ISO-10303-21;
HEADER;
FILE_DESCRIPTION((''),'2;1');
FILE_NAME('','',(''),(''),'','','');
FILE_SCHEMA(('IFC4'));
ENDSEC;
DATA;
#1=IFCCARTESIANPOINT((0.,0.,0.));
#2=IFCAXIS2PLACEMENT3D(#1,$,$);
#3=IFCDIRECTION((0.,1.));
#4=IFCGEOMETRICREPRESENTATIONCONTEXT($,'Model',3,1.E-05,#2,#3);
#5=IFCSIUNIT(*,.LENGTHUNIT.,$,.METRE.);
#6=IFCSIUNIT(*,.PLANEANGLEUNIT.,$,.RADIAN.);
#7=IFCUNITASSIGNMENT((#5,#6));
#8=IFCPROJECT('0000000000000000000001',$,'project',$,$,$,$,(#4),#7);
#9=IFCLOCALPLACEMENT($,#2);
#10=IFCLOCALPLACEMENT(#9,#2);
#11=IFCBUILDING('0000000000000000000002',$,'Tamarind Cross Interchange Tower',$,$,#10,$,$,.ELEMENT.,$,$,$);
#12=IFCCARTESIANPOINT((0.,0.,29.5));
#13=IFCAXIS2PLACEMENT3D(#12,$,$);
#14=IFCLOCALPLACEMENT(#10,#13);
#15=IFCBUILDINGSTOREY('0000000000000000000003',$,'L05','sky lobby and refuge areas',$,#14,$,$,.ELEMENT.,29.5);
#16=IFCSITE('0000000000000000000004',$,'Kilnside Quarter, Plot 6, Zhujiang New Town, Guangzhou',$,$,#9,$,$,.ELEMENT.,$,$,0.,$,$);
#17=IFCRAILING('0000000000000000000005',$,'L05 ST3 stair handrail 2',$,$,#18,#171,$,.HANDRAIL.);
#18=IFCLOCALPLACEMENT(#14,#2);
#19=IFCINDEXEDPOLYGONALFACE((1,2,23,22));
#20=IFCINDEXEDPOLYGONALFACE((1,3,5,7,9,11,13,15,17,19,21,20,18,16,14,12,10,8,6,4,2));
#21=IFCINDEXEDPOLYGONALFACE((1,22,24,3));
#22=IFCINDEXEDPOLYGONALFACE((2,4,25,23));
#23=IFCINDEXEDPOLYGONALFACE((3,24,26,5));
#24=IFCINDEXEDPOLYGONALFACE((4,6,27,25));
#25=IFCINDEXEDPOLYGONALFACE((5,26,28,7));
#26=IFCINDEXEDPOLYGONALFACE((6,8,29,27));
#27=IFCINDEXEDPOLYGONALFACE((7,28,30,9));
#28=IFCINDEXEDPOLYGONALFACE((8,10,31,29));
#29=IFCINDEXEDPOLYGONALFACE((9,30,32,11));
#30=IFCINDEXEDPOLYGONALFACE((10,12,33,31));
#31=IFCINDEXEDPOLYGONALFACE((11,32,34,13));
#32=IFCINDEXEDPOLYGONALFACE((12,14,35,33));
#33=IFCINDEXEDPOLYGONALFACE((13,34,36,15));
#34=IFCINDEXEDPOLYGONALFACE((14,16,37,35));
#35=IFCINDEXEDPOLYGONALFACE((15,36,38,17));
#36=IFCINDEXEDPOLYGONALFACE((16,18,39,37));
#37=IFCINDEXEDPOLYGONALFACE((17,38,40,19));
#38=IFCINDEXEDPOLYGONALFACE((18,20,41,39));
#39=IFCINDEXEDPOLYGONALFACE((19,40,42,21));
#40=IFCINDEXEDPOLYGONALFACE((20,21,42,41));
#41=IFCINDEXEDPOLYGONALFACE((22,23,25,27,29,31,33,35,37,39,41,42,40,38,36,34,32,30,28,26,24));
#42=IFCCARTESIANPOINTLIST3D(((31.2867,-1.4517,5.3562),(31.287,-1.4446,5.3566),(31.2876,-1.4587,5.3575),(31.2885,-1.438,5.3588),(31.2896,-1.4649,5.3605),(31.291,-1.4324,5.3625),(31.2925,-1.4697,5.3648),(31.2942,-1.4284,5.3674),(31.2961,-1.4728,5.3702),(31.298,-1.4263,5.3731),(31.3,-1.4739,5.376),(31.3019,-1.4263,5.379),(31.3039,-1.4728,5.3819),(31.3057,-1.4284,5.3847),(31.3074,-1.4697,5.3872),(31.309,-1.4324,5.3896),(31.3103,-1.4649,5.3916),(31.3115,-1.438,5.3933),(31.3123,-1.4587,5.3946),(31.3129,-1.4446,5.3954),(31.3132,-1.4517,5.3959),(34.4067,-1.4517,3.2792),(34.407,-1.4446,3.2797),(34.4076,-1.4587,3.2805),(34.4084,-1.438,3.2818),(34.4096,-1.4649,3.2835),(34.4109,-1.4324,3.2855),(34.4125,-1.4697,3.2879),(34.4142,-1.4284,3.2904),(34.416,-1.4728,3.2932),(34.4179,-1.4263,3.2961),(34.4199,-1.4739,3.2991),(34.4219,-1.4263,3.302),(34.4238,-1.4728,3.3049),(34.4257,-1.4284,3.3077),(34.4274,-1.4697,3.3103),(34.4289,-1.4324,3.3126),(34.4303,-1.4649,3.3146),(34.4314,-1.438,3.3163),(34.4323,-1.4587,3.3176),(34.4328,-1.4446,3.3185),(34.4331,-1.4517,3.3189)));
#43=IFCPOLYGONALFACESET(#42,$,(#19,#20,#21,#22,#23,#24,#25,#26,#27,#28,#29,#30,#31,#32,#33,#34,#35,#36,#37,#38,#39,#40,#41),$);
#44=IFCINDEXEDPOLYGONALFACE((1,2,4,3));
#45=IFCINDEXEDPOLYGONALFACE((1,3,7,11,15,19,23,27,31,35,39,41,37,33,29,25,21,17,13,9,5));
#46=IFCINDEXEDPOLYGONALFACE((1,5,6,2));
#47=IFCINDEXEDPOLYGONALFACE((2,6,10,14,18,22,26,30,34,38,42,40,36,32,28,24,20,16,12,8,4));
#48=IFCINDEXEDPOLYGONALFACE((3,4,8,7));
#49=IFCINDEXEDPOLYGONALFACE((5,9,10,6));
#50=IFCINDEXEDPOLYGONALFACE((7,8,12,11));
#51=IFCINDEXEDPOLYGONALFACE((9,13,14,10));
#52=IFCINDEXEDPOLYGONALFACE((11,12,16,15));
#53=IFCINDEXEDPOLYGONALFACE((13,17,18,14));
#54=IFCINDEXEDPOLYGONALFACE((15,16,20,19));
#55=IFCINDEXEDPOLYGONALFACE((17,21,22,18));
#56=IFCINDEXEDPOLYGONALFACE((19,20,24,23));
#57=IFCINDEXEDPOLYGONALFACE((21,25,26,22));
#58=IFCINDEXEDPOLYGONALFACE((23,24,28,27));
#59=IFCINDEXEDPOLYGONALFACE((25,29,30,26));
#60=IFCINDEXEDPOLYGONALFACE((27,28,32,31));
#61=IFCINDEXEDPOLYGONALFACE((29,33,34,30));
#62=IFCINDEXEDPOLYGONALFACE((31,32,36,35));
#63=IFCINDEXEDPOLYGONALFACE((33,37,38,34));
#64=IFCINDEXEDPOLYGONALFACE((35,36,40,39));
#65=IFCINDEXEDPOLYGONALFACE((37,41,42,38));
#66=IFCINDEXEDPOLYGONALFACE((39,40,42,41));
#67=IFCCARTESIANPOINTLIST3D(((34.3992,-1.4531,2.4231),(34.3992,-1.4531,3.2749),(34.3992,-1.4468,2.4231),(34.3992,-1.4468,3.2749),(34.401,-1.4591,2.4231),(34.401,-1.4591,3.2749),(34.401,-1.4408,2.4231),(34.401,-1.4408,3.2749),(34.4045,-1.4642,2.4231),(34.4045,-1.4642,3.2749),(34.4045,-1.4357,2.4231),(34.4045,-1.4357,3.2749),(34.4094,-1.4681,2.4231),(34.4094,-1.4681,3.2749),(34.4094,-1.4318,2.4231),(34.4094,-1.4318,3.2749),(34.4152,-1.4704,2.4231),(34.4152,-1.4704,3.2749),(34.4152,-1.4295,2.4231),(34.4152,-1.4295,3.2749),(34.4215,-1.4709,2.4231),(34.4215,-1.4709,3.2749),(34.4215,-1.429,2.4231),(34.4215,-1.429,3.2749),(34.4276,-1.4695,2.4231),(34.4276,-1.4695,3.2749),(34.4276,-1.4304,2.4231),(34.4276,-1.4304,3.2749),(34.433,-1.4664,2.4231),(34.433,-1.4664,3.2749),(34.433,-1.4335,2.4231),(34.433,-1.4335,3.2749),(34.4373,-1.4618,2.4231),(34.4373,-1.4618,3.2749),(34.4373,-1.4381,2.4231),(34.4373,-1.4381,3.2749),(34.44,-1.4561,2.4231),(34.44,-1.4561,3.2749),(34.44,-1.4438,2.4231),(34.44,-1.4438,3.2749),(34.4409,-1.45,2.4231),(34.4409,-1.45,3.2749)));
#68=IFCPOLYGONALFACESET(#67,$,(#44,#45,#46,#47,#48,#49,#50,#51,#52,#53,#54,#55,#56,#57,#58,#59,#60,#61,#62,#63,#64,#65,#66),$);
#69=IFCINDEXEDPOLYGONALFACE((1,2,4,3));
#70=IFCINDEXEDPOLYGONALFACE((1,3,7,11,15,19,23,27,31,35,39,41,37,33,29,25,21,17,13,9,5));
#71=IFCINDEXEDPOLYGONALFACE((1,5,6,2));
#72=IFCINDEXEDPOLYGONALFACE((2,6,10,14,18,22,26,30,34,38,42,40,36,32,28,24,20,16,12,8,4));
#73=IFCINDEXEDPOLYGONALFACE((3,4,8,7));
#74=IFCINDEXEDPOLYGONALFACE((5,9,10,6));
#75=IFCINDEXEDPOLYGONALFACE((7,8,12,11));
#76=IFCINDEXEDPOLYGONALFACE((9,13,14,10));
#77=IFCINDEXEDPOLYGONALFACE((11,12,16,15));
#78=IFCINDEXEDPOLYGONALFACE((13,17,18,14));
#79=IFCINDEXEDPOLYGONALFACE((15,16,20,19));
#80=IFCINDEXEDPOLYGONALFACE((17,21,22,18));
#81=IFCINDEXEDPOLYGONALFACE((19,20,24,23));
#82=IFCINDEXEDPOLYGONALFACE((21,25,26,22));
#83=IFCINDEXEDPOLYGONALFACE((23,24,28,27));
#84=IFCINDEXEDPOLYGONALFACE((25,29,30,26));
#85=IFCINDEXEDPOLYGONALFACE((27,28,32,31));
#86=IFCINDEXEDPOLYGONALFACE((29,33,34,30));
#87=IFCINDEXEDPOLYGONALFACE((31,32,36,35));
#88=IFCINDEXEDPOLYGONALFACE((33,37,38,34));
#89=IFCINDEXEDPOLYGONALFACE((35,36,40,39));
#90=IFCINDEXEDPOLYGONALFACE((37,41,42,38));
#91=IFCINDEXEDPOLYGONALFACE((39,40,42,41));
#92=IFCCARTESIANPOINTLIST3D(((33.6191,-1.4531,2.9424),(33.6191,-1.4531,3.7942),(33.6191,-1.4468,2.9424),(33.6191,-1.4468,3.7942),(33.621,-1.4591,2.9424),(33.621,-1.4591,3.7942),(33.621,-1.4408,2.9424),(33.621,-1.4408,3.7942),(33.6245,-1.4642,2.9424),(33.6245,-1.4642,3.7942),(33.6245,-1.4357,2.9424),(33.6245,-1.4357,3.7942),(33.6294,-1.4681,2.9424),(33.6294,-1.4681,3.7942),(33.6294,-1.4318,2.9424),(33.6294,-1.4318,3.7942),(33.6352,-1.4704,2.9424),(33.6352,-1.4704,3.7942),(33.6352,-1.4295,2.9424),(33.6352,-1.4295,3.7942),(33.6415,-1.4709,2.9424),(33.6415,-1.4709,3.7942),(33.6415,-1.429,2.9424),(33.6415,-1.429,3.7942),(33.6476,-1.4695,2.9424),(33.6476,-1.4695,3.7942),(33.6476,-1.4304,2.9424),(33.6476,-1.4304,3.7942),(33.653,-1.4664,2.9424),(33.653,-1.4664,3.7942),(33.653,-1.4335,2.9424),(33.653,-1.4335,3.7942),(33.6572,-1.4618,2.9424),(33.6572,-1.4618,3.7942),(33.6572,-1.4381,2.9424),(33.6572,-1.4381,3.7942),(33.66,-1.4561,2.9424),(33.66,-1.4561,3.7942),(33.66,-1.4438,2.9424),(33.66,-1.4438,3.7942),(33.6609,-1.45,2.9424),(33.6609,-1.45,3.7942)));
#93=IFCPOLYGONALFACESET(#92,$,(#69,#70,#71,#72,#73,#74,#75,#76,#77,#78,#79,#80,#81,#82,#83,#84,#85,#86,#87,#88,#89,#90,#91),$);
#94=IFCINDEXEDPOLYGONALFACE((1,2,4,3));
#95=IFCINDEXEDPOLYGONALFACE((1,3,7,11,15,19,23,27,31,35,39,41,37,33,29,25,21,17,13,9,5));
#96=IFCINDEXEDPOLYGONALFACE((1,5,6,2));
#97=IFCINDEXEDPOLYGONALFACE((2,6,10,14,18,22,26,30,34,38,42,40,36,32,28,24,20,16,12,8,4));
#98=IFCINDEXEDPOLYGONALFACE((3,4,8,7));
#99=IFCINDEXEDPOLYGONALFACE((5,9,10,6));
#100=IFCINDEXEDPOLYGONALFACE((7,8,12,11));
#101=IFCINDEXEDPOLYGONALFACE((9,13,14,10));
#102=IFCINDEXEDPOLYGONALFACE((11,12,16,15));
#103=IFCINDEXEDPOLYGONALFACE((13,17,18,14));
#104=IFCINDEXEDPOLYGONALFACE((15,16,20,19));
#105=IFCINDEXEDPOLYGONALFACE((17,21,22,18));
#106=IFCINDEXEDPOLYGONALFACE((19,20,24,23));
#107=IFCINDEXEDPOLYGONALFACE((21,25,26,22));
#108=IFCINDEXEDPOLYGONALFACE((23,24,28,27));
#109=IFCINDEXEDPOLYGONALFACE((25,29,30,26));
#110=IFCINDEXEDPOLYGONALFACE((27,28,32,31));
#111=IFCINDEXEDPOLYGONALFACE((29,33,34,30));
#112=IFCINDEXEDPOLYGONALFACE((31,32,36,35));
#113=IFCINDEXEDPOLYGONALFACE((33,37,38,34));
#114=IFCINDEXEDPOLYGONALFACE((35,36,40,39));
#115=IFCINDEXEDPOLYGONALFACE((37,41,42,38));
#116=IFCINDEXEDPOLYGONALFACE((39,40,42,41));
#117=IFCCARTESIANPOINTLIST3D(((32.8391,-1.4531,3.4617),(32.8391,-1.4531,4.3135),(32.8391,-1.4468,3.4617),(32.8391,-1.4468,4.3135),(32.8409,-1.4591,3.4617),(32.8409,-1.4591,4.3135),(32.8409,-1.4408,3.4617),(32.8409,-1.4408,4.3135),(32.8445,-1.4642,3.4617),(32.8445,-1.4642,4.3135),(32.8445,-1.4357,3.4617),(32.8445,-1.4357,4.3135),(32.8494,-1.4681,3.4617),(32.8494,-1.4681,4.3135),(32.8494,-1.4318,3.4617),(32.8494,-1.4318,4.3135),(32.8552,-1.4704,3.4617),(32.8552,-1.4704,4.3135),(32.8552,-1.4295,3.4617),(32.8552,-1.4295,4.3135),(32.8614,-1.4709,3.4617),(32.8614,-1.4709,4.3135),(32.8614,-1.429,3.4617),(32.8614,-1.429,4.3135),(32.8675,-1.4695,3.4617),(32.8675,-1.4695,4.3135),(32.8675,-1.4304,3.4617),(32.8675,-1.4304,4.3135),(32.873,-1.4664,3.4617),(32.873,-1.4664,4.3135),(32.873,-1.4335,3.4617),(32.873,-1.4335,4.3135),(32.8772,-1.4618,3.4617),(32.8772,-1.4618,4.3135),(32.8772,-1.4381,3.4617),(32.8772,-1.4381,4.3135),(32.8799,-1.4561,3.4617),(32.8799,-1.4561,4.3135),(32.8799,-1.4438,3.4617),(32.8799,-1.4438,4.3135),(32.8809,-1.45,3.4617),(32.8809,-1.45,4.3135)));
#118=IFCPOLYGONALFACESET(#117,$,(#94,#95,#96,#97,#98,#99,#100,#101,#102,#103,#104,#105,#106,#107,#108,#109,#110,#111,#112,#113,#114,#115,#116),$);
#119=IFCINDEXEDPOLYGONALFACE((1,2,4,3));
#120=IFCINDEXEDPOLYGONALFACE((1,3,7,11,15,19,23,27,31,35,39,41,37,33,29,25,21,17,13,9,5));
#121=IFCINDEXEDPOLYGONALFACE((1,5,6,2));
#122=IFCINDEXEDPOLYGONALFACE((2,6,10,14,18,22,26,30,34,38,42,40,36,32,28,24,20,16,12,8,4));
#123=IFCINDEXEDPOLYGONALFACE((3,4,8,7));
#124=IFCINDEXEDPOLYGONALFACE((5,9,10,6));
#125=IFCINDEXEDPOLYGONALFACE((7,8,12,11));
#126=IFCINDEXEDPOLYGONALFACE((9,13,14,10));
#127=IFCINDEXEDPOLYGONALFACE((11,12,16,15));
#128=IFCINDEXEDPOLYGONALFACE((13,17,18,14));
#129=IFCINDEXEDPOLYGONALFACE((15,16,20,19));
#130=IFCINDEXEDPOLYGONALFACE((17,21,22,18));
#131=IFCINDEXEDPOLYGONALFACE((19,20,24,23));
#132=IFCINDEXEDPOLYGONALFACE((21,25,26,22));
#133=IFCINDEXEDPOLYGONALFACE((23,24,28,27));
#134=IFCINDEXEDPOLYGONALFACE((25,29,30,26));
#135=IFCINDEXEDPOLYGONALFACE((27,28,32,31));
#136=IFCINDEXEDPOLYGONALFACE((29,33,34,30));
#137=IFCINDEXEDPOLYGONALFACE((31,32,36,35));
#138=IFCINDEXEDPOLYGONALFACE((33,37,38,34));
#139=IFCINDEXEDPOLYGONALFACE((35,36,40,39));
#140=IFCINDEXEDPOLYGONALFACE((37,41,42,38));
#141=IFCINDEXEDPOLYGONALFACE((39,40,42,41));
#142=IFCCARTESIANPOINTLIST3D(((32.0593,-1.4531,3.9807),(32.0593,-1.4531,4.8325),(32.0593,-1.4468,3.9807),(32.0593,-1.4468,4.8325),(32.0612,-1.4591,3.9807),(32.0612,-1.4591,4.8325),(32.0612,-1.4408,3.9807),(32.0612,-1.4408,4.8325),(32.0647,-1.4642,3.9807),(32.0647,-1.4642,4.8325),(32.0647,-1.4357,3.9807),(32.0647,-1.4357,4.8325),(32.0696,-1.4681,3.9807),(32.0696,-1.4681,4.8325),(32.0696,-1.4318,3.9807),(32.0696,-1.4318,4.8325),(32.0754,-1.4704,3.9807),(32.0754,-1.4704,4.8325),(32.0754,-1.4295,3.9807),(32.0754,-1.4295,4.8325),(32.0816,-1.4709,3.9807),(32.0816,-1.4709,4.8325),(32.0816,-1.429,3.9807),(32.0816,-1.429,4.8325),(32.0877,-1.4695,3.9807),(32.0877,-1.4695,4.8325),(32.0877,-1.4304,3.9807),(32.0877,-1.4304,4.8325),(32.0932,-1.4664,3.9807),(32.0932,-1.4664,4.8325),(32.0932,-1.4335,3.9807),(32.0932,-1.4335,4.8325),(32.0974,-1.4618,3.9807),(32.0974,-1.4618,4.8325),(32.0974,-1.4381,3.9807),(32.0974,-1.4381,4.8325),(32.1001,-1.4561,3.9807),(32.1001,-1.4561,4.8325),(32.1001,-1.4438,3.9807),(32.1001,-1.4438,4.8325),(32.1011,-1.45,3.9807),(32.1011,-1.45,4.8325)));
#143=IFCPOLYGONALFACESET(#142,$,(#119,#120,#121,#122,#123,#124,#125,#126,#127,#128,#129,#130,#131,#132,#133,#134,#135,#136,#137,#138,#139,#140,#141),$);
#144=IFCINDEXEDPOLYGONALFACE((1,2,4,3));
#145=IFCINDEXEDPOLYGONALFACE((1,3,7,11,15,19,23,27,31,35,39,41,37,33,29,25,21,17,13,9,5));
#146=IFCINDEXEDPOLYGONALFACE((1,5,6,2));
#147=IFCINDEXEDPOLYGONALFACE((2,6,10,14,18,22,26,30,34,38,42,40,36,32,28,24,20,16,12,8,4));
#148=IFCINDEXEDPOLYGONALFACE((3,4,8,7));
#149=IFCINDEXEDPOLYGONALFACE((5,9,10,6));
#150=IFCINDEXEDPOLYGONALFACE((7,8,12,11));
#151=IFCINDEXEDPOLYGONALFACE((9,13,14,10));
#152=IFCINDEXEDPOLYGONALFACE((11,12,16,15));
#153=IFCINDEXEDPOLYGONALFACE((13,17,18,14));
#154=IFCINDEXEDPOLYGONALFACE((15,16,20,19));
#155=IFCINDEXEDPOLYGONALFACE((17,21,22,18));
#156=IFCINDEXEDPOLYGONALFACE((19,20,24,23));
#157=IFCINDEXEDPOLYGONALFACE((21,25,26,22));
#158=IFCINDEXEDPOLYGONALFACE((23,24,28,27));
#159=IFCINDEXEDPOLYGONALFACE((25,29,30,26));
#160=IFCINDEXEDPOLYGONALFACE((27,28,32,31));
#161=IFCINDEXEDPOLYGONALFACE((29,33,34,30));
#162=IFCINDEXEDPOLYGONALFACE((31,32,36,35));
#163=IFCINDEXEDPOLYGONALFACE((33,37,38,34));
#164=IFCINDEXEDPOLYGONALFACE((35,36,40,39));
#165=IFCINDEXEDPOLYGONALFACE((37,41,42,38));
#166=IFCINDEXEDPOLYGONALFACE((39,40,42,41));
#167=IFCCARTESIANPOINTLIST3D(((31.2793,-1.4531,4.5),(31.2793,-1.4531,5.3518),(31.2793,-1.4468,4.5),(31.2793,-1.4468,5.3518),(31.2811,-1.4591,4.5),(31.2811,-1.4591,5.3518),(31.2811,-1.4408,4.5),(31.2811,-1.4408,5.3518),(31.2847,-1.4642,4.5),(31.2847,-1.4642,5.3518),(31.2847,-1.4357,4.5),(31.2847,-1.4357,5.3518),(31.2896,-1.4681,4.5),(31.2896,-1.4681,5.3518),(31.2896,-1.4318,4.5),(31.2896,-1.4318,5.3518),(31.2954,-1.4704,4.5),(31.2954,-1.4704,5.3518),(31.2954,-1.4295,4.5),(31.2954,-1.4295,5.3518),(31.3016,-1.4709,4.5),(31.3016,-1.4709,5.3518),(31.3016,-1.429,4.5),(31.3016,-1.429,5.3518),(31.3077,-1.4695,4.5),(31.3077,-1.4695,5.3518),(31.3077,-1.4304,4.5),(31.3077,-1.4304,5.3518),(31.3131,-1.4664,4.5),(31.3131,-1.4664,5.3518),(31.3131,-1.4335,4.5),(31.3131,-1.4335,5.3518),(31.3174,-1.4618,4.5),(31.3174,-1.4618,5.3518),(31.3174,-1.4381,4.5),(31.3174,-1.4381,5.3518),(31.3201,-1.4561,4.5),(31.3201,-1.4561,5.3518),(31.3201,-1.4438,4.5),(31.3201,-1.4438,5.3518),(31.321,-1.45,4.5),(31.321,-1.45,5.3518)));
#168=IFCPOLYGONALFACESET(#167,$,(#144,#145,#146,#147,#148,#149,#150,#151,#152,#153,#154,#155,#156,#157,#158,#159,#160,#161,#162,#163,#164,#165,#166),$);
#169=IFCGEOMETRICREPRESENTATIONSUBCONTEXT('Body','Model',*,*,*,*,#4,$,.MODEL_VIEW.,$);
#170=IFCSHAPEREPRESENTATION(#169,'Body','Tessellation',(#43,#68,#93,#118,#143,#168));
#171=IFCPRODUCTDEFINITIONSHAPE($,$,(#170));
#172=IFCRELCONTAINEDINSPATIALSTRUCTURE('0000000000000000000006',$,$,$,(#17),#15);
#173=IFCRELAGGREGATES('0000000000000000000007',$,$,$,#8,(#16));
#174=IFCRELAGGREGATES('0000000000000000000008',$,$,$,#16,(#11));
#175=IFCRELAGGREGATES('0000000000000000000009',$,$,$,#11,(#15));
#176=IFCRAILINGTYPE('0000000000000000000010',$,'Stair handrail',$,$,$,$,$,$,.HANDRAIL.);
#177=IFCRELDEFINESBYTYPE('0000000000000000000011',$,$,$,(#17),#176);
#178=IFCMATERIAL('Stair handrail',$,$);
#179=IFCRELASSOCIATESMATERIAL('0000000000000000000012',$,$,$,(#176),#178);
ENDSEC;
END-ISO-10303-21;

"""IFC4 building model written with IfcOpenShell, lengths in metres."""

from ifc_helpers import new_model, si_unit, direction, frame, origin, origin_2d, place, context, subcontext, project, spatial, circle, extrude, material, type_object, element, save


model = new_model("IFC4")

# Units and contexts
model_context = context("Model", 3, precision=1e-05, world=origin(), true_north=direction((0.0, 1.0)))
body_context = subcontext(model_context, "Body", "Model", "MODEL_VIEW")
ifc_project = project(units=[si_unit("LENGTHUNIT", "METRE"), si_unit("PLANEANGLEUNIT", "RADIAN")], contexts=[model_context])

# Site, building, storey
site_placement = place(None, origin())
site = spatial("IfcSite", under=ifc_project, at=site_placement, Name="Kilnside Quarter, Plot 6, Zhujiang New Town, Guangzhou", CompositionType="ELEMENT", RefElevation=0.0)
building_placement = place(site_placement, origin())
building = spatial("IfcBuilding", under=site, at=building_placement, Name="Tamarind Cross Interchange Tower", CompositionType="ELEMENT")
storey_placement = place(building_placement, frame((0.0, 0.0, 29.5)))
storey = spatial("IfcBuildingStorey", under=building, at=storey_placement, Name="L05", Description="sky lobby and refuge areas", CompositionType="ELEMENT", Elevation=29.5)

# Railing
ifc_material_1 = material(Name="Stair handrail")
railing_type_1 = type_object("IfcRailingType", Name="Stair handrail", PredefinedType="HANDRAIL", material=ifc_material_1)
railing_1_placement = place(storey_placement, frame((34.4199, -1.45, 2.4231)))
element("IfcRailing", 1, at=railing_1_placement, inside=storey, type_object=railing_type_1, Name="L05 ST3 stair handrail 2", PredefinedType="HANDRAIL", context=body_context, shape_type="SweptSolid", body=[
    extrude(circle(Radius=0.0239, at=origin_2d()), frame((0.0, 0.0, 0.876), z_axis=(-0.832421, 0.0, 0.554144), x_axis=(0.0, -1.0, 0.0)), (0.0, 0.0, 1.0), 3.748),
    extrude(circle(Radius=0.021, at=origin_2d()), origin(), (0.0, 0.0, 1.0), 0.8518),
    extrude(circle(Radius=0.021, at=origin_2d()), frame((-0.78, 0.0, 0.5193)), (0.0, 0.0, 1.0), 0.8518),
    extrude(circle(Radius=0.021, at=origin_2d()), frame((-1.5601, 0.0, 1.0386)), (0.0, 0.0, 1.0), 0.8518),
    extrude(circle(Radius=0.021, at=origin_2d()), frame((-2.3398, 0.0, 1.5576)), (0.0, 0.0, 1.0), 0.8518),
    extrude(circle(Radius=0.021, at=origin_2d()), frame((-3.1199, 0.0, 2.0769)), (0.0, 0.0, 1.0), 0.8518),
])

save(model, "model.ifc")
